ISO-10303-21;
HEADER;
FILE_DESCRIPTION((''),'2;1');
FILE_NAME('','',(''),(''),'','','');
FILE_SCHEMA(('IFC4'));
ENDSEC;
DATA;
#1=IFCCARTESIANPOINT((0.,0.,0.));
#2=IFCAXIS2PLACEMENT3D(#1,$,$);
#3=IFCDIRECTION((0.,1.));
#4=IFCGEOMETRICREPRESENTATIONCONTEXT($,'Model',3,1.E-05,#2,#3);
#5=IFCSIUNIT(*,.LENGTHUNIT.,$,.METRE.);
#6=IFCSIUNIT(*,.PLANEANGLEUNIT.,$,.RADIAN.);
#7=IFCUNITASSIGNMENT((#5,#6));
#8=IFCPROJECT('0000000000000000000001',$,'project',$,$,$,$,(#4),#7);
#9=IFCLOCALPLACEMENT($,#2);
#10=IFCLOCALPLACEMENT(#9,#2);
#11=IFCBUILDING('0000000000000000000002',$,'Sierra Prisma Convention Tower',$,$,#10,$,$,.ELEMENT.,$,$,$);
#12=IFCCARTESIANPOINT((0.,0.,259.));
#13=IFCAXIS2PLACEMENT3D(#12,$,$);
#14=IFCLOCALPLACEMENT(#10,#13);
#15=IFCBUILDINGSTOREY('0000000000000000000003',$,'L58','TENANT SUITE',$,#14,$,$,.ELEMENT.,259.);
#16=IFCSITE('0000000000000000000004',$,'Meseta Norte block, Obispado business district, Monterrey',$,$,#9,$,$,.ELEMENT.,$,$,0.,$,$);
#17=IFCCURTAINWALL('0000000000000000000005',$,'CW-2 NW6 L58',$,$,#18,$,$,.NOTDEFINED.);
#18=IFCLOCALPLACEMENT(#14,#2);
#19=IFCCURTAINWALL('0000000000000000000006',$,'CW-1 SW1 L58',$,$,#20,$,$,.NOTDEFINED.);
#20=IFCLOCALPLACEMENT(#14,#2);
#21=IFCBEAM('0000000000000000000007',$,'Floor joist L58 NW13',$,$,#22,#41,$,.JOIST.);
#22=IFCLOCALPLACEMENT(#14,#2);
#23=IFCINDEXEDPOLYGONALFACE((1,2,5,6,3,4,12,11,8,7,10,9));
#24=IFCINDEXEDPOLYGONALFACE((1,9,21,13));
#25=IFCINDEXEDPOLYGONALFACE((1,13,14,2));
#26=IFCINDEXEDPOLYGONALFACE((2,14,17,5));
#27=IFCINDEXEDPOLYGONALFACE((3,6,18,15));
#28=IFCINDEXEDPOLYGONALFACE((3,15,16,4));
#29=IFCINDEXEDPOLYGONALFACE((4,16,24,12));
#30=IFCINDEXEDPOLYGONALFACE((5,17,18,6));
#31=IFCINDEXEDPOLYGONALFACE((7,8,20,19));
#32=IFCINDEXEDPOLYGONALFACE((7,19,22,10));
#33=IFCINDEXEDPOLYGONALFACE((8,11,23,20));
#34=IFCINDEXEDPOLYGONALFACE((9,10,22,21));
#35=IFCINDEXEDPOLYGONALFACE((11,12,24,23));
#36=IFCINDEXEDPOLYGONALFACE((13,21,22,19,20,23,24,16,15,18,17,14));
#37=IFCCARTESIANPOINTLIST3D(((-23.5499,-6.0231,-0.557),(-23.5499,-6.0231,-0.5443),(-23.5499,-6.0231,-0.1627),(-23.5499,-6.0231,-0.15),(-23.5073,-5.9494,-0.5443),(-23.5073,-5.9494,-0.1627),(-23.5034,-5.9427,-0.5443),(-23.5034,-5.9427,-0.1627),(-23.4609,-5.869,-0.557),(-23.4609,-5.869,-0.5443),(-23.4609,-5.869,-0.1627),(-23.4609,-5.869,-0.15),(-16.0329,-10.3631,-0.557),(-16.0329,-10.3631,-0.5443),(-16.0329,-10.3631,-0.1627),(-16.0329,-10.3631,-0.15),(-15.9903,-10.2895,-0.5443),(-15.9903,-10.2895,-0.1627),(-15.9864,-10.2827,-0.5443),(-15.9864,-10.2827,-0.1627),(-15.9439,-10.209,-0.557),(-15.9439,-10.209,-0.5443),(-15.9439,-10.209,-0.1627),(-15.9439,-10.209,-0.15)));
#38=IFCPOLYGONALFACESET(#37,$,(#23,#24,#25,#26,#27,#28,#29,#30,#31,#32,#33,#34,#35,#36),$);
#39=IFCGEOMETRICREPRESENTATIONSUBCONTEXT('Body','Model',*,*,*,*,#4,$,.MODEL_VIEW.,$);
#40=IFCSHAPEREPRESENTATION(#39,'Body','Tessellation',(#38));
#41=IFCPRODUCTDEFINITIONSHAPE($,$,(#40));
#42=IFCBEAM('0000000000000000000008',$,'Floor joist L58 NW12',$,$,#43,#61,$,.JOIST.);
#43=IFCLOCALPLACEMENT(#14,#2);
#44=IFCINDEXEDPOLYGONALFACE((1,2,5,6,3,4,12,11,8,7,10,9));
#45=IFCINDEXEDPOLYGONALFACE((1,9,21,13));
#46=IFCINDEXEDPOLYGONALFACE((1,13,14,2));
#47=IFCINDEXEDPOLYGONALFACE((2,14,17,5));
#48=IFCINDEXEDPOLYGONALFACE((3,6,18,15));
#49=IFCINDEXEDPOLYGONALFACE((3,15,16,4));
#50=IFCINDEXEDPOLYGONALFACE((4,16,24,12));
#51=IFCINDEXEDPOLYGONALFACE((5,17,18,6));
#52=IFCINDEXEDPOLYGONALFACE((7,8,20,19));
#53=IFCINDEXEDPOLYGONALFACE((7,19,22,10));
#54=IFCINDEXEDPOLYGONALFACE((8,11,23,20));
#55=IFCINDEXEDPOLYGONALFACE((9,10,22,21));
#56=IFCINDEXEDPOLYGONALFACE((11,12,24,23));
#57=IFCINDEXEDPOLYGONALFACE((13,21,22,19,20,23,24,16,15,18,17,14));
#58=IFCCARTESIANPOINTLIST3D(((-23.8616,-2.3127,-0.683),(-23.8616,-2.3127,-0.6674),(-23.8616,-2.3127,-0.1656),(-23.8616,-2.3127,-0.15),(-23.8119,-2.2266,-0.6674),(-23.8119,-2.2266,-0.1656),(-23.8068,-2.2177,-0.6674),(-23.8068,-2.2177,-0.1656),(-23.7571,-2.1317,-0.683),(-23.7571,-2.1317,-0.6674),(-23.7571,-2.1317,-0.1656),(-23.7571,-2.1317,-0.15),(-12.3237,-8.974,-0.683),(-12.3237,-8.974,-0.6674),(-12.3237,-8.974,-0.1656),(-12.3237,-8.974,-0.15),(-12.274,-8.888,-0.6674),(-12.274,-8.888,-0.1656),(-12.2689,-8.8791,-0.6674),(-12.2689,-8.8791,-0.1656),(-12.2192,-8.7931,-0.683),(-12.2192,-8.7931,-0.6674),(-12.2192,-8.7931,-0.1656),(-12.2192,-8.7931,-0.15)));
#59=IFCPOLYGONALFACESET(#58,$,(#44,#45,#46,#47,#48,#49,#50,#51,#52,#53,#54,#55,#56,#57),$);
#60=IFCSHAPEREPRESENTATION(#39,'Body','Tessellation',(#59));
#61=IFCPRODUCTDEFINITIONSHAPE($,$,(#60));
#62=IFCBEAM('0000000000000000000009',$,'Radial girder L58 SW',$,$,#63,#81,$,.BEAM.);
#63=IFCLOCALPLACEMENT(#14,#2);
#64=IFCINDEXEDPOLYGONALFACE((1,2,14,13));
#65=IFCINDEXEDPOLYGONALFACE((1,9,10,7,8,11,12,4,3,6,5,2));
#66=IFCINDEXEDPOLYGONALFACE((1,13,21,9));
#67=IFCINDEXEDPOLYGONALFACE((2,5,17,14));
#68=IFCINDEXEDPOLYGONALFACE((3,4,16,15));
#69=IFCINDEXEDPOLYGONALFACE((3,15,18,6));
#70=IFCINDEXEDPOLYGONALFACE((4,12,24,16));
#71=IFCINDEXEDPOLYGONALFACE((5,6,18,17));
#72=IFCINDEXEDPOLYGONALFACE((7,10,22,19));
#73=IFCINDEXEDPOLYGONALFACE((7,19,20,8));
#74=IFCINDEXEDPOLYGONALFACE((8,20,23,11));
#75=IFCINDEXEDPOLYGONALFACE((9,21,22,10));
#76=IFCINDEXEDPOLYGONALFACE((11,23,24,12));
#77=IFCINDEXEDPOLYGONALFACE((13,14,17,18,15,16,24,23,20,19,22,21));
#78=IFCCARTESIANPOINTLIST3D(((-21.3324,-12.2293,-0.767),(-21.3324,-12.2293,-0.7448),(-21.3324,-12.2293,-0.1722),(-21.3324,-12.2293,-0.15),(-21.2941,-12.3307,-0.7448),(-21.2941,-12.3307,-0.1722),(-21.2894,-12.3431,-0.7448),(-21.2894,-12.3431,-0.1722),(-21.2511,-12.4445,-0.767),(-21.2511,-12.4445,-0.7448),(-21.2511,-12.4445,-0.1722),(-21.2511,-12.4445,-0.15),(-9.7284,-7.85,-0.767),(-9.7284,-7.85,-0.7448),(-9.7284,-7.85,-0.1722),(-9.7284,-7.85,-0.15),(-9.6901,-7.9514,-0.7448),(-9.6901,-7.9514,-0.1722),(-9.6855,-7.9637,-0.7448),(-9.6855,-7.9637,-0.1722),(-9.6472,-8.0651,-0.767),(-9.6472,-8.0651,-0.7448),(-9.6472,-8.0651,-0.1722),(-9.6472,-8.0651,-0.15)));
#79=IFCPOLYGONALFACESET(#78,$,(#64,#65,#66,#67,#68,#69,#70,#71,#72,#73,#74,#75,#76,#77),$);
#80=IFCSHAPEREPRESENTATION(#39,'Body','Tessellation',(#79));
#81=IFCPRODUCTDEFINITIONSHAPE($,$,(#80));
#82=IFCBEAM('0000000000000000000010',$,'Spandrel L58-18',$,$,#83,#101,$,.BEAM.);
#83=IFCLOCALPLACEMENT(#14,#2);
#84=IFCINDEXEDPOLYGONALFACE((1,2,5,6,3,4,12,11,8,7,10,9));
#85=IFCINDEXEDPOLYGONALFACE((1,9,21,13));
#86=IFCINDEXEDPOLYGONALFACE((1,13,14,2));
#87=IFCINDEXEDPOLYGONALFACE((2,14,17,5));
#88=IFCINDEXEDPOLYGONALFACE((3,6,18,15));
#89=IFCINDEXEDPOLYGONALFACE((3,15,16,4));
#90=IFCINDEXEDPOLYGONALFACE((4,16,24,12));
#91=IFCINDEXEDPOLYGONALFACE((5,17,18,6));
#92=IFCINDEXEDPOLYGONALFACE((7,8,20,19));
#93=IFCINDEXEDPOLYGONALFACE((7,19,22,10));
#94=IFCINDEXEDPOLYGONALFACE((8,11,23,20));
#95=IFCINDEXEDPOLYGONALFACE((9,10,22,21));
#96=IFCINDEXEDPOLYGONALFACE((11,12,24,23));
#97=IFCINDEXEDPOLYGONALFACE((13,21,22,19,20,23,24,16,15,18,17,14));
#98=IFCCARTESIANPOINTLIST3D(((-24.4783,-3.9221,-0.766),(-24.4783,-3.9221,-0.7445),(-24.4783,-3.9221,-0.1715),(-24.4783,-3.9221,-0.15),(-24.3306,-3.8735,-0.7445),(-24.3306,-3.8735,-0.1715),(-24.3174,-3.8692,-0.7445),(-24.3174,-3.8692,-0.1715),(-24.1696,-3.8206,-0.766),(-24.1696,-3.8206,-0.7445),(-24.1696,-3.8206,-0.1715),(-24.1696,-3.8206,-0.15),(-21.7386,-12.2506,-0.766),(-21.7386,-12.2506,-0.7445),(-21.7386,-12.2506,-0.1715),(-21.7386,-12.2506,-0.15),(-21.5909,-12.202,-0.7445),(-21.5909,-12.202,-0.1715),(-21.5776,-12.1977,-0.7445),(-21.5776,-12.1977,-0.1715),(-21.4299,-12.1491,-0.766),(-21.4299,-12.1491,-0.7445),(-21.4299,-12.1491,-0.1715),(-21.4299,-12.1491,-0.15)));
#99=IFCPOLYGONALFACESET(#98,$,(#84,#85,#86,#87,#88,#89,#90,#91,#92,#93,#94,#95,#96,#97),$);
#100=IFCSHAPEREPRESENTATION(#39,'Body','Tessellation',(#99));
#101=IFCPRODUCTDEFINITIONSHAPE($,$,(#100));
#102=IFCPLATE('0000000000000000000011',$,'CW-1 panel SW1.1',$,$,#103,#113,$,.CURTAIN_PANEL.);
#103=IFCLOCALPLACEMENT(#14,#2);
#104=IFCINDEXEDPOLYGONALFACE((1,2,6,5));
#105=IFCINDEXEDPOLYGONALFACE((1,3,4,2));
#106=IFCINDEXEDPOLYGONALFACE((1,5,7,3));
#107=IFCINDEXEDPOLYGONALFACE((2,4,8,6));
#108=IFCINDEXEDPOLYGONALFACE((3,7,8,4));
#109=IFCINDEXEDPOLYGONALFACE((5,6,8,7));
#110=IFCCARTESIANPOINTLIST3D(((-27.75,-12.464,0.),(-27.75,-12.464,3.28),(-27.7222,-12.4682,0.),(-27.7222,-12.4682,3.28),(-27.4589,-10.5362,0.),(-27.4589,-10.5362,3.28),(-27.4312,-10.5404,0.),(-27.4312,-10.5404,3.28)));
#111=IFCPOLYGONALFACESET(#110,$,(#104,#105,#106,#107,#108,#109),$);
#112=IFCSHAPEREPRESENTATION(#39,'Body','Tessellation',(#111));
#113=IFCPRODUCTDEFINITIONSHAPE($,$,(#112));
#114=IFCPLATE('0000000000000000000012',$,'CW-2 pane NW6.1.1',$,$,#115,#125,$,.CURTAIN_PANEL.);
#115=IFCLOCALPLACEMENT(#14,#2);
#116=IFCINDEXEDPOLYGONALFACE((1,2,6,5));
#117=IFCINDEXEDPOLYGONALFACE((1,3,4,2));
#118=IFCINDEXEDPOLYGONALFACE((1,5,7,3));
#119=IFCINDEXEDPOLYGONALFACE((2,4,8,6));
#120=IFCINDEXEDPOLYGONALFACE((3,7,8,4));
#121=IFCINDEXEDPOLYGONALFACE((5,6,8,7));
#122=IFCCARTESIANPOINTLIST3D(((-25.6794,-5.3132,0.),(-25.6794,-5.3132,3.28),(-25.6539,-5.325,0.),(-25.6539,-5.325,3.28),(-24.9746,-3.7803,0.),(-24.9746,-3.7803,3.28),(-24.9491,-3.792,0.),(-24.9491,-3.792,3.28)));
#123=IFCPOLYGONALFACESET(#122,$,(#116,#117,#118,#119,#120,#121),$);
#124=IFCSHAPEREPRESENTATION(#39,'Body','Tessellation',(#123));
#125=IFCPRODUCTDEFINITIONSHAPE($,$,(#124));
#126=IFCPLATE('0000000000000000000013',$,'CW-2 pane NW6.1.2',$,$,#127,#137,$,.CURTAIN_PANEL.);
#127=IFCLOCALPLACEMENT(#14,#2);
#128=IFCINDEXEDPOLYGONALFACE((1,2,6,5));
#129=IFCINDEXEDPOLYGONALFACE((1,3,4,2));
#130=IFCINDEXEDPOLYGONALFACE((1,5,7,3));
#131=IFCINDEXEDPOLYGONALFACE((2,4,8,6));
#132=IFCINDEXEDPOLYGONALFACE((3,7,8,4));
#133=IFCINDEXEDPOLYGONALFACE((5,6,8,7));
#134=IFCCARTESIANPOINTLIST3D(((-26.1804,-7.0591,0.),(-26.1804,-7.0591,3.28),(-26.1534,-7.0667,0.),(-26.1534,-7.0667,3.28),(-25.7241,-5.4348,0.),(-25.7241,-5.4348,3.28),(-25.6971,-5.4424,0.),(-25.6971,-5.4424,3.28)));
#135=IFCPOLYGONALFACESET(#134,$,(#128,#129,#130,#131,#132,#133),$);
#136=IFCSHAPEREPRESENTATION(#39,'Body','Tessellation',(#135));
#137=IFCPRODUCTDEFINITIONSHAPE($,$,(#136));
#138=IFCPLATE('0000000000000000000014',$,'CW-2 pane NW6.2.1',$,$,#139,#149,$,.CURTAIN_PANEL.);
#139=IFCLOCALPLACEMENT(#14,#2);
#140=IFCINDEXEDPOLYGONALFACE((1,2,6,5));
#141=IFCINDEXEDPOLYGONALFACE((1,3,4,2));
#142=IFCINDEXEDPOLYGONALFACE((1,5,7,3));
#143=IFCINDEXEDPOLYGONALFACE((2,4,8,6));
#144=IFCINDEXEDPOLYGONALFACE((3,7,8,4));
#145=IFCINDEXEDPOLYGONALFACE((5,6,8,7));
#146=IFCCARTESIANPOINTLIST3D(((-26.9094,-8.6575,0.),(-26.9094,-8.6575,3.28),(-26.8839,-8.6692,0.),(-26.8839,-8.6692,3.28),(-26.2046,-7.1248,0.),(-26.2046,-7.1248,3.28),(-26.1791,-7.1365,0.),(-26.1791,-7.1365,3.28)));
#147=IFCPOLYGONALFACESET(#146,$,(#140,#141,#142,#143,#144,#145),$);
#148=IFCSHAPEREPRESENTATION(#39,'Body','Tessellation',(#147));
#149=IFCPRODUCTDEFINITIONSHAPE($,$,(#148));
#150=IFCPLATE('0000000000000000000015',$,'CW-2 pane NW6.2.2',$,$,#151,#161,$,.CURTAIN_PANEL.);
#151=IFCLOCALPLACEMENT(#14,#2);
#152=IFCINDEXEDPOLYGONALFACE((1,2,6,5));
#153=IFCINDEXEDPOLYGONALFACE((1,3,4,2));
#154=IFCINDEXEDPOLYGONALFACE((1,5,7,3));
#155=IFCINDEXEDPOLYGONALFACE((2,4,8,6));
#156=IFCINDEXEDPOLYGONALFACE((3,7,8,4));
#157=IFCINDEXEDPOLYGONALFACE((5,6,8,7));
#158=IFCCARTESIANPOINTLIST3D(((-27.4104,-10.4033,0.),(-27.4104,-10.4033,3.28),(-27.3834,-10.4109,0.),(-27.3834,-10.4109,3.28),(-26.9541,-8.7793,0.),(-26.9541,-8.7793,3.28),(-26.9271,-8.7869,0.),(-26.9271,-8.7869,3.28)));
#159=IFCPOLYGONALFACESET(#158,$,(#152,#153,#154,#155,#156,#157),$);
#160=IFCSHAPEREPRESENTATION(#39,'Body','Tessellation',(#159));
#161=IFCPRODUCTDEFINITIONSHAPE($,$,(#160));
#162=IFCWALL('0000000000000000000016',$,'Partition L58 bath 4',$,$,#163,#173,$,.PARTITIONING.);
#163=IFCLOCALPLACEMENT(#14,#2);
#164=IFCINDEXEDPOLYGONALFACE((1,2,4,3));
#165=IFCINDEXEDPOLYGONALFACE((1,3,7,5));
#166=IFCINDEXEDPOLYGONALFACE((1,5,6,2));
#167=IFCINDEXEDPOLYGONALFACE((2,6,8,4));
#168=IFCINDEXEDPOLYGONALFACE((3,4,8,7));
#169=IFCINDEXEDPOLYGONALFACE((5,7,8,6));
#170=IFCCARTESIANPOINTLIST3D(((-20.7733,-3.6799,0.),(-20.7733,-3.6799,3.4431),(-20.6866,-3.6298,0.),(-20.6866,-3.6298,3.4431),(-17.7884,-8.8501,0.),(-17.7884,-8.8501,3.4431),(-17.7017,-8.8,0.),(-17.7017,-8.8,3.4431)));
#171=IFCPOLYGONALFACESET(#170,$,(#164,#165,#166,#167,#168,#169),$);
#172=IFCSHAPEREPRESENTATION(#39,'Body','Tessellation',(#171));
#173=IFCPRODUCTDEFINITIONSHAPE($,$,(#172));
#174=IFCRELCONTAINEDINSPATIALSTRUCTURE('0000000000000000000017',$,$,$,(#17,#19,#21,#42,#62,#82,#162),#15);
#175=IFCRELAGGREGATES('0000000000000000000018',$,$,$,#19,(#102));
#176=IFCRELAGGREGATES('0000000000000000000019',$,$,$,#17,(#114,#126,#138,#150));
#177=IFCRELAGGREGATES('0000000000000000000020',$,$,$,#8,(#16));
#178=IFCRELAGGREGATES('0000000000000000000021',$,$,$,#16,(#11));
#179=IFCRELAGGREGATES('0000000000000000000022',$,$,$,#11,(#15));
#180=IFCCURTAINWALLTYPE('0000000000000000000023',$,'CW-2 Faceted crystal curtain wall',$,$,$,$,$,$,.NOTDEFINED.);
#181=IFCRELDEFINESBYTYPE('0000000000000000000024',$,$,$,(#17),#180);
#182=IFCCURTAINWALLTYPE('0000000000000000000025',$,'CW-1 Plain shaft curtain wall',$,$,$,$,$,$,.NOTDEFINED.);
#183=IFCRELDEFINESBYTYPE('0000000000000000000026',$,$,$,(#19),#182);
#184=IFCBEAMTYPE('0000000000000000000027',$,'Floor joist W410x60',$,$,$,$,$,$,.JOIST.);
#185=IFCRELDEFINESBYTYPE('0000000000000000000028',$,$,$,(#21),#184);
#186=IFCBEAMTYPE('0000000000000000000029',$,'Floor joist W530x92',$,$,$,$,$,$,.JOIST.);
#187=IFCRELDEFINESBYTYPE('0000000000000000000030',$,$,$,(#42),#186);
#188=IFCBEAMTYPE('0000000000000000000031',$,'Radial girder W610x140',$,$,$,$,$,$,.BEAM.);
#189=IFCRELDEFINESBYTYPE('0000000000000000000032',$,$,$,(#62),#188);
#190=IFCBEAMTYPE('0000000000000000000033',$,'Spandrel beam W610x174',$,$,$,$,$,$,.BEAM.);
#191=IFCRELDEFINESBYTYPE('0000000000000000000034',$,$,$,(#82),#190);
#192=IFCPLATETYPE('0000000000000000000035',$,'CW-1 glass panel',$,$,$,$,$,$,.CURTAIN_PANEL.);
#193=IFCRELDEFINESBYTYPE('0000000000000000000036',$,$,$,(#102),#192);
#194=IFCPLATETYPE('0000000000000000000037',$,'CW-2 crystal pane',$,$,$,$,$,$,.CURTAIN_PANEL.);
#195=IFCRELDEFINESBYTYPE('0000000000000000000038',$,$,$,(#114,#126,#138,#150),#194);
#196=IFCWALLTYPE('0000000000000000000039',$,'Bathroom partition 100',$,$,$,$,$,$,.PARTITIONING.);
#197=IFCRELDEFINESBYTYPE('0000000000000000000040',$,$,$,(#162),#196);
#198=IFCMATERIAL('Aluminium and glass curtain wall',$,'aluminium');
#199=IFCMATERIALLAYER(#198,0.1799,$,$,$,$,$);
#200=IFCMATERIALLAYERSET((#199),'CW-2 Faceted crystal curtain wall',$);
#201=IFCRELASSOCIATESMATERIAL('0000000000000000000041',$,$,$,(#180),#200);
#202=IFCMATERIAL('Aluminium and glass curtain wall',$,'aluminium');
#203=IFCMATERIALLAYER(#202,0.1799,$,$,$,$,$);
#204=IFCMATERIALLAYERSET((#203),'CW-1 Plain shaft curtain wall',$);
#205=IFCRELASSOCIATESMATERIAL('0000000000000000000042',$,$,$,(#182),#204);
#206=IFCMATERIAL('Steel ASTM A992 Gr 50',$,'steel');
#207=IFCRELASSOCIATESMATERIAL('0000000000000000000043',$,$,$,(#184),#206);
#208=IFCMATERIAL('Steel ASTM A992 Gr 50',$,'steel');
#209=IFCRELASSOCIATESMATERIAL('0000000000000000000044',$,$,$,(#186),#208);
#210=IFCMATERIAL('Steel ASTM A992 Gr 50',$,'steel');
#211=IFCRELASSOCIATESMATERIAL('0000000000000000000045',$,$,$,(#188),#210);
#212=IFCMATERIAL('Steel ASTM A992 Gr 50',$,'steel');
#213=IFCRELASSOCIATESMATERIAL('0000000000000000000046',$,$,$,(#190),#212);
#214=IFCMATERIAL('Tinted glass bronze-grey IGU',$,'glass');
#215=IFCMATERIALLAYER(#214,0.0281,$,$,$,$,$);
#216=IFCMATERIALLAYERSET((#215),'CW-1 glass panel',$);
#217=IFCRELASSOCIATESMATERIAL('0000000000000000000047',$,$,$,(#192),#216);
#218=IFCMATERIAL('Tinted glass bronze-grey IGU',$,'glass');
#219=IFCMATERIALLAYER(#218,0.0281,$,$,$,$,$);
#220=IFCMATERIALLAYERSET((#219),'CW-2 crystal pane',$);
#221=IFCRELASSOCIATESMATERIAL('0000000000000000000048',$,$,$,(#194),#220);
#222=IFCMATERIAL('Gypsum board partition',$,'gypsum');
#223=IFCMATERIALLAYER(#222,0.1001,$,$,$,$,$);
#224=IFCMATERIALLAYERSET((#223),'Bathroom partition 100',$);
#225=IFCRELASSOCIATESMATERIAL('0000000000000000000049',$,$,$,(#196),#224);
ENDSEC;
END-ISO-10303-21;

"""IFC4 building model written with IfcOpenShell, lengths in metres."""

from ifc_helpers import new_model, si_unit, direction, frame, frame_2d, origin, origin_2d, place, context, subcontext, project, spatial, polyline, rectangle, i_section, outline, extrude, material, layer, layer_set, material_profile, profile_set, type_object, element, aggregate, save


model = new_model("IFC4")

# Units and contexts
model_context = context("Model", 3, precision=1e-05, world=origin(), true_north=direction((0.0, 1.0)))
body_context = subcontext(model_context, "Body", "Model", "MODEL_VIEW")
ifc_project = project(units=[si_unit("LENGTHUNIT", "METRE"), si_unit("PLANEANGLEUNIT", "RADIAN")], contexts=[model_context])

# Site, building, storey
site_placement = place(None, origin())
site = spatial("IfcSite", under=ifc_project, at=site_placement, Name="Meseta Norte block, Obispado business district, Monterrey", CompositionType="ELEMENT", RefElevation=0.0)
building_placement = place(site_placement, origin())
building = spatial("IfcBuilding", under=site, at=building_placement, Name="Sierra Prisma Convention Tower", CompositionType="ELEMENT")
storey_placement = place(building_placement, frame((0.0, 0.0, 259.0)))
storey = spatial("IfcBuildingStorey", under=building, at=storey_placement, Name="L58", Description="TENANT SUITE", CompositionType="ELEMENT", Elevation=259.0)

# Curtain wall
ifc_material_1 = material(Name="Aluminium and glass curtain wall", Category="aluminium")
ifc_layer_1 = layer(ifc_material_1, 0.1799)
ifc_layer_set_1 = layer_set([ifc_layer_1], Name="CW-2 Faceted crystal curtain wall")
curtain_wall_type_1 = type_object("IfcCurtainWallType", Name="CW-2 Faceted crystal curtain wall", PredefinedType="NOTDEFINED", material=ifc_layer_set_1)
curtain_wall_1_placement = place(storey_placement, origin())
curtain_wall_1 = element("IfcCurtainWall", 1, at=curtain_wall_1_placement, inside=storey, type_object=curtain_wall_type_1, Name="CW-2 NW6 L58", PredefinedType="NOTDEFINED")

# Shared definitions
ifc_material_2 = material(Name="Aluminium and glass curtain wall", Category="aluminium")
ifc_layer_2 = layer(ifc_material_2, 0.1799)
ifc_layer_set_2 = layer_set([ifc_layer_2], Name="CW-1 Plain shaft curtain wall")
curtain_wall_type_2 = type_object("IfcCurtainWallType", Name="CW-1 Plain shaft curtain wall", PredefinedType="NOTDEFINED", material=ifc_layer_set_2)

# Curtain wall
curtain_wall_2_placement = place(storey_placement, origin())
curtain_wall_2 = element("IfcCurtainWall", 2, at=curtain_wall_2_placement, inside=storey, type_object=curtain_wall_type_2, Name="CW-1 SW1 L58", PredefinedType="NOTDEFINED")

# Beams
ifc_material_3 = material(Name="Steel ASTM A992 Gr 50", Category="steel")
ifc_material_profile_1 = material_profile(ifc_material_3, i_section(OverallWidth=0.178, OverallDepth=0.407, WebThickness=0.0078, FlangeThickness=0.0127, at=origin_2d()), Name="W410x60")
ifc_profile_set_1 = profile_set([ifc_material_profile_1], Name="Steel ASTM A992 Gr 50")
beam_type_1 = type_object("IfcBeamType", Name="Floor joist W410x60", PredefinedType="JOIST", material=ifc_profile_set_1)
beam_1_placement = place(storey_placement, frame((-23.5054, -5.946, -0.3535), z_axis=(0.866021, -0.500008, 0.0), x_axis=(0.500008, 0.866021, 0.0)))
element("IfcBeam", 3, at=beam_1_placement, inside=storey, type_object=beam_type_1, Name="Floor joist L58 NW13", PredefinedType="JOIST", context=body_context, shape_type="SweptSolid", body=[
    extrude(i_section(OverallWidth=0.178, OverallDepth=0.407, WebThickness=0.0078, FlangeThickness=0.0127, at=origin_2d()), origin(), (0.0, 0.0, 1.0), 8.6799),
])
ifc_material_4 = material(Name="Steel ASTM A992 Gr 50", Category="steel")
ifc_material_profile_2 = material_profile(ifc_material_4, i_section(OverallWidth=0.209, OverallDepth=0.533, WebThickness=0.0103, FlangeThickness=0.0156, at=origin_2d()), Name="W530x92")
ifc_profile_set_2 = profile_set([ifc_material_profile_2], Name="Steel ASTM A992 Gr 50")
beam_type_2 = type_object("IfcBeamType", Name="Floor joist W530x92", PredefinedType="JOIST", material=ifc_profile_set_2)
beam_2_placement = place(storey_placement, frame((-23.8093, -2.2222, -0.4165), z_axis=(0.866025, -0.5, 0.0), x_axis=(0.5, 0.866025, 0.0)))
element("IfcBeam", 4, at=beam_2_placement, inside=storey, type_object=beam_type_2, Name="Floor joist L58 NW12", PredefinedType="JOIST", context=body_context, shape_type="SweptSolid", body=[
    extrude(i_section(OverallWidth=0.209, OverallDepth=0.533, WebThickness=0.0103, FlangeThickness=0.0156, at=origin_2d()), origin(), (0.0, 0.0, 1.0), 13.3228),
])
ifc_material_5 = material(Name="Steel ASTM A992 Gr 50", Category="steel")
ifc_material_profile_3 = material_profile(ifc_material_5, i_section(OverallWidth=0.23, OverallDepth=0.6169, WebThickness=0.0132, FlangeThickness=0.0222, at=origin_2d()), Name="W610x140")
ifc_profile_set_3 = profile_set([ifc_material_profile_3], Name="Steel ASTM A992 Gr 50")
beam_type_3 = type_object("IfcBeamType", Name="Radial girder W610x140", PredefinedType="BEAM", material=ifc_profile_set_3)
beam_3_placement = place(storey_placement, frame((-21.2917, -12.3369, -0.4585), z_axis=(0.935588, 0.353094, 0.0), x_axis=(-0.353094, 0.935588, 0.0)))
element("IfcBeam", 5, at=beam_3_placement, inside=storey, type_object=beam_type_3, Name="Radial girder L58 SW", PredefinedType="BEAM", context=body_context, shape_type="SweptSolid", body=[
    extrude(i_section(OverallWidth=0.23, OverallDepth=0.6169, WebThickness=0.0132, FlangeThickness=0.0222, at=origin_2d()), origin(), (0.0, 0.0, 1.0), 12.4028),
])
ifc_material_6 = material(Name="Steel ASTM A992 Gr 50", Category="steel")
ifc_material_profile_4 = material_profile(ifc_material_6, i_section(OverallWidth=0.325, OverallDepth=0.616, WebThickness=0.0139, FlangeThickness=0.0215, at=origin_2d()), Name="W610x174")
ifc_profile_set_4 = profile_set([ifc_material_profile_4], Name="Steel ASTM A992 Gr 50")
beam_type_4 = type_object("IfcBeamType", Name="Spandrel beam W610x174", PredefinedType="BEAM", material=ifc_profile_set_4)
beam_4_placement = place(storey_placement, frame((-24.324, -3.8713, -0.458), z_axis=(0.312483, -0.949923, 0.0), x_axis=(0.949923, 0.312483, 0.0)))
element("IfcBeam", 6, at=beam_4_placement, inside=storey, type_object=beam_type_4, Name="Spandrel L58-18", PredefinedType="BEAM", context=body_context, shape_type="SweptSolid", body=[
    extrude(i_section(OverallWidth=0.325, OverallDepth=0.616, WebThickness=0.0139, FlangeThickness=0.0215, at=origin_2d()), origin(), (0.0, 0.0, 1.0), 8.7676),
])

# Plates
ifc_material_7 = material(Name="Tinted glass bronze-grey IGU", Category="glass")
ifc_layer_3 = layer(ifc_material_7, 0.0281)
ifc_layer_set_3 = layer_set([ifc_layer_3], Name="CW-1 glass panel")
plate_type_1 = type_object("IfcPlateType", Name="CW-1 glass panel", PredefinedType="CURTAIN_PANEL", material=ifc_layer_set_3)
plate_1_placement = place(storey_placement, frame((-27.5906, -11.5022, 0.0), z_axis=(0.0, 0.0, 1.0), x_axis=(-0.149263, -0.988797, 0.0)))
plate_1 = element("IfcPlate", 7, at=plate_1_placement, type_object=plate_type_1, Name="CW-1 panel SW1.1", PredefinedType="CURTAIN_PANEL", context=body_context, shape_type="SweptSolid", body=[
    extrude(rectangle(XDim=1.9497, YDim=0.0281, at=origin_2d()), origin(), (0.0, 0.0, 1.0), 3.28),
])
aggregate(curtain_wall_2, [plate_1])
ifc_material_8 = material(Name="Tinted glass bronze-grey IGU", Category="glass")
ifc_layer_4 = layer(ifc_material_8, 0.0281)
ifc_layer_set_4 = layer_set([ifc_layer_4], Name="CW-2 crystal pane")
plate_type_2 = type_object("IfcPlateType", Name="CW-2 crystal pane", PredefinedType="CURTAIN_PANEL", material=ifc_layer_set_4)
plate_2_placement = place(storey_placement, frame((-24.9746, -3.7803, 0.0), z_axis=(-0.908564, 0.417746, 0.0), x_axis=(-0.417746, -0.908564, 0.0)))
plate_2 = element("IfcPlate", 8, at=plate_2_placement, type_object=plate_type_2, Name="CW-2 pane NW6.1.1", PredefinedType="CURTAIN_PANEL", context=body_context, shape_type="SweptSolid", body=[
    extrude(outline(polyline([(0.0, 0.0), (1.6872, 0.0), (1.6872, 3.28), (0.0, 3.28), (0.0, 0.0)])), origin(), (0.0, 0.0, -1.0), 0.0281),
])
plate_3_placement = place(storey_placement, frame((-26.1804, -7.0591, 0.0), z_axis=(-0.962732, 0.270456, 0.0), x_axis=(0.270456, 0.962732, 0.0)))
plate_3 = element("IfcPlate", 9, at=plate_3_placement, type_object=plate_type_2, Name="CW-2 pane NW6.1.2", PredefinedType="CURTAIN_PANEL", context=body_context, shape_type="SweptSolid", body=[
    extrude(outline(polyline([(0.0, 0.0), (1.6871, 0.0), (1.6871, -3.28), (0.0, -3.28), (0.0, 0.0)])), origin(), (0.0, 0.0, -1.0), 0.0281),
])
plate_4_placement = place(storey_placement, frame((-26.2046, -7.1248, 0.0), z_axis=(-0.908539, 0.4178, 0.0), x_axis=(-0.4178, -0.908539, 0.0)))
plate_4 = element("IfcPlate", 10, at=plate_4_placement, type_object=plate_type_2, Name="CW-2 pane NW6.2.1", PredefinedType="CURTAIN_PANEL", context=body_context, shape_type="SweptSolid", body=[
    extrude(outline(polyline([(0.0, 0.0), (1.687, 0.0), (1.687, 3.28), (0.0, 3.28), (0.0, 0.0)])), origin(), (0.0, 0.0, -1.0), 0.0281),
])
plate_5_placement = place(storey_placement, frame((-27.4104, -10.4033, 0.0), z_axis=(-0.962722, 0.270494, 0.0), x_axis=(0.270494, 0.962722, 0.0)))
plate_5 = element("IfcPlate", 11, at=plate_5_placement, type_object=plate_type_2, Name="CW-2 pane NW6.2.2", PredefinedType="CURTAIN_PANEL", context=body_context, shape_type="SweptSolid", body=[
    extrude(outline(polyline([(0.0, 0.0), (1.6869, 0.0), (1.6869, -3.28), (0.0, -3.28), (0.0, 0.0)])), origin(), (0.0, 0.0, -1.0), 0.0281),
])
aggregate(curtain_wall_1, [plate_2, plate_3, plate_4, plate_5])

# Wall
ifc_material_9 = material(Name="Gypsum board partition", Category="gypsum")
ifc_layer_5 = layer(ifc_material_9, 0.1001)
ifc_layer_set_5 = layer_set([ifc_layer_5], Name="Bathroom partition 100")
wall_type_1 = type_object("IfcWallType", Name="Bathroom partition 100", PredefinedType="PARTITIONING", material=ifc_layer_set_5)
wall_1_placement = place(storey_placement, frame((-17.7451, -8.825, 0.0), z_axis=(0.0, 0.0, 1.0), x_axis=(-0.499983, 0.866035, 0.0)))
element("IfcWall", 12, at=wall_1_placement, inside=storey, type_object=wall_type_1, Name="Partition L58 bath 4", PredefinedType="PARTITIONING", context=body_context, shape_type="SweptSolid", body=[
    extrude(rectangle(XDim=5.97, YDim=0.1001, at=frame_2d((2.9849, 0.0))), origin(), (0.0, 0.0, 1.0), 3.4431),
])

save(model, "model.ifc")
